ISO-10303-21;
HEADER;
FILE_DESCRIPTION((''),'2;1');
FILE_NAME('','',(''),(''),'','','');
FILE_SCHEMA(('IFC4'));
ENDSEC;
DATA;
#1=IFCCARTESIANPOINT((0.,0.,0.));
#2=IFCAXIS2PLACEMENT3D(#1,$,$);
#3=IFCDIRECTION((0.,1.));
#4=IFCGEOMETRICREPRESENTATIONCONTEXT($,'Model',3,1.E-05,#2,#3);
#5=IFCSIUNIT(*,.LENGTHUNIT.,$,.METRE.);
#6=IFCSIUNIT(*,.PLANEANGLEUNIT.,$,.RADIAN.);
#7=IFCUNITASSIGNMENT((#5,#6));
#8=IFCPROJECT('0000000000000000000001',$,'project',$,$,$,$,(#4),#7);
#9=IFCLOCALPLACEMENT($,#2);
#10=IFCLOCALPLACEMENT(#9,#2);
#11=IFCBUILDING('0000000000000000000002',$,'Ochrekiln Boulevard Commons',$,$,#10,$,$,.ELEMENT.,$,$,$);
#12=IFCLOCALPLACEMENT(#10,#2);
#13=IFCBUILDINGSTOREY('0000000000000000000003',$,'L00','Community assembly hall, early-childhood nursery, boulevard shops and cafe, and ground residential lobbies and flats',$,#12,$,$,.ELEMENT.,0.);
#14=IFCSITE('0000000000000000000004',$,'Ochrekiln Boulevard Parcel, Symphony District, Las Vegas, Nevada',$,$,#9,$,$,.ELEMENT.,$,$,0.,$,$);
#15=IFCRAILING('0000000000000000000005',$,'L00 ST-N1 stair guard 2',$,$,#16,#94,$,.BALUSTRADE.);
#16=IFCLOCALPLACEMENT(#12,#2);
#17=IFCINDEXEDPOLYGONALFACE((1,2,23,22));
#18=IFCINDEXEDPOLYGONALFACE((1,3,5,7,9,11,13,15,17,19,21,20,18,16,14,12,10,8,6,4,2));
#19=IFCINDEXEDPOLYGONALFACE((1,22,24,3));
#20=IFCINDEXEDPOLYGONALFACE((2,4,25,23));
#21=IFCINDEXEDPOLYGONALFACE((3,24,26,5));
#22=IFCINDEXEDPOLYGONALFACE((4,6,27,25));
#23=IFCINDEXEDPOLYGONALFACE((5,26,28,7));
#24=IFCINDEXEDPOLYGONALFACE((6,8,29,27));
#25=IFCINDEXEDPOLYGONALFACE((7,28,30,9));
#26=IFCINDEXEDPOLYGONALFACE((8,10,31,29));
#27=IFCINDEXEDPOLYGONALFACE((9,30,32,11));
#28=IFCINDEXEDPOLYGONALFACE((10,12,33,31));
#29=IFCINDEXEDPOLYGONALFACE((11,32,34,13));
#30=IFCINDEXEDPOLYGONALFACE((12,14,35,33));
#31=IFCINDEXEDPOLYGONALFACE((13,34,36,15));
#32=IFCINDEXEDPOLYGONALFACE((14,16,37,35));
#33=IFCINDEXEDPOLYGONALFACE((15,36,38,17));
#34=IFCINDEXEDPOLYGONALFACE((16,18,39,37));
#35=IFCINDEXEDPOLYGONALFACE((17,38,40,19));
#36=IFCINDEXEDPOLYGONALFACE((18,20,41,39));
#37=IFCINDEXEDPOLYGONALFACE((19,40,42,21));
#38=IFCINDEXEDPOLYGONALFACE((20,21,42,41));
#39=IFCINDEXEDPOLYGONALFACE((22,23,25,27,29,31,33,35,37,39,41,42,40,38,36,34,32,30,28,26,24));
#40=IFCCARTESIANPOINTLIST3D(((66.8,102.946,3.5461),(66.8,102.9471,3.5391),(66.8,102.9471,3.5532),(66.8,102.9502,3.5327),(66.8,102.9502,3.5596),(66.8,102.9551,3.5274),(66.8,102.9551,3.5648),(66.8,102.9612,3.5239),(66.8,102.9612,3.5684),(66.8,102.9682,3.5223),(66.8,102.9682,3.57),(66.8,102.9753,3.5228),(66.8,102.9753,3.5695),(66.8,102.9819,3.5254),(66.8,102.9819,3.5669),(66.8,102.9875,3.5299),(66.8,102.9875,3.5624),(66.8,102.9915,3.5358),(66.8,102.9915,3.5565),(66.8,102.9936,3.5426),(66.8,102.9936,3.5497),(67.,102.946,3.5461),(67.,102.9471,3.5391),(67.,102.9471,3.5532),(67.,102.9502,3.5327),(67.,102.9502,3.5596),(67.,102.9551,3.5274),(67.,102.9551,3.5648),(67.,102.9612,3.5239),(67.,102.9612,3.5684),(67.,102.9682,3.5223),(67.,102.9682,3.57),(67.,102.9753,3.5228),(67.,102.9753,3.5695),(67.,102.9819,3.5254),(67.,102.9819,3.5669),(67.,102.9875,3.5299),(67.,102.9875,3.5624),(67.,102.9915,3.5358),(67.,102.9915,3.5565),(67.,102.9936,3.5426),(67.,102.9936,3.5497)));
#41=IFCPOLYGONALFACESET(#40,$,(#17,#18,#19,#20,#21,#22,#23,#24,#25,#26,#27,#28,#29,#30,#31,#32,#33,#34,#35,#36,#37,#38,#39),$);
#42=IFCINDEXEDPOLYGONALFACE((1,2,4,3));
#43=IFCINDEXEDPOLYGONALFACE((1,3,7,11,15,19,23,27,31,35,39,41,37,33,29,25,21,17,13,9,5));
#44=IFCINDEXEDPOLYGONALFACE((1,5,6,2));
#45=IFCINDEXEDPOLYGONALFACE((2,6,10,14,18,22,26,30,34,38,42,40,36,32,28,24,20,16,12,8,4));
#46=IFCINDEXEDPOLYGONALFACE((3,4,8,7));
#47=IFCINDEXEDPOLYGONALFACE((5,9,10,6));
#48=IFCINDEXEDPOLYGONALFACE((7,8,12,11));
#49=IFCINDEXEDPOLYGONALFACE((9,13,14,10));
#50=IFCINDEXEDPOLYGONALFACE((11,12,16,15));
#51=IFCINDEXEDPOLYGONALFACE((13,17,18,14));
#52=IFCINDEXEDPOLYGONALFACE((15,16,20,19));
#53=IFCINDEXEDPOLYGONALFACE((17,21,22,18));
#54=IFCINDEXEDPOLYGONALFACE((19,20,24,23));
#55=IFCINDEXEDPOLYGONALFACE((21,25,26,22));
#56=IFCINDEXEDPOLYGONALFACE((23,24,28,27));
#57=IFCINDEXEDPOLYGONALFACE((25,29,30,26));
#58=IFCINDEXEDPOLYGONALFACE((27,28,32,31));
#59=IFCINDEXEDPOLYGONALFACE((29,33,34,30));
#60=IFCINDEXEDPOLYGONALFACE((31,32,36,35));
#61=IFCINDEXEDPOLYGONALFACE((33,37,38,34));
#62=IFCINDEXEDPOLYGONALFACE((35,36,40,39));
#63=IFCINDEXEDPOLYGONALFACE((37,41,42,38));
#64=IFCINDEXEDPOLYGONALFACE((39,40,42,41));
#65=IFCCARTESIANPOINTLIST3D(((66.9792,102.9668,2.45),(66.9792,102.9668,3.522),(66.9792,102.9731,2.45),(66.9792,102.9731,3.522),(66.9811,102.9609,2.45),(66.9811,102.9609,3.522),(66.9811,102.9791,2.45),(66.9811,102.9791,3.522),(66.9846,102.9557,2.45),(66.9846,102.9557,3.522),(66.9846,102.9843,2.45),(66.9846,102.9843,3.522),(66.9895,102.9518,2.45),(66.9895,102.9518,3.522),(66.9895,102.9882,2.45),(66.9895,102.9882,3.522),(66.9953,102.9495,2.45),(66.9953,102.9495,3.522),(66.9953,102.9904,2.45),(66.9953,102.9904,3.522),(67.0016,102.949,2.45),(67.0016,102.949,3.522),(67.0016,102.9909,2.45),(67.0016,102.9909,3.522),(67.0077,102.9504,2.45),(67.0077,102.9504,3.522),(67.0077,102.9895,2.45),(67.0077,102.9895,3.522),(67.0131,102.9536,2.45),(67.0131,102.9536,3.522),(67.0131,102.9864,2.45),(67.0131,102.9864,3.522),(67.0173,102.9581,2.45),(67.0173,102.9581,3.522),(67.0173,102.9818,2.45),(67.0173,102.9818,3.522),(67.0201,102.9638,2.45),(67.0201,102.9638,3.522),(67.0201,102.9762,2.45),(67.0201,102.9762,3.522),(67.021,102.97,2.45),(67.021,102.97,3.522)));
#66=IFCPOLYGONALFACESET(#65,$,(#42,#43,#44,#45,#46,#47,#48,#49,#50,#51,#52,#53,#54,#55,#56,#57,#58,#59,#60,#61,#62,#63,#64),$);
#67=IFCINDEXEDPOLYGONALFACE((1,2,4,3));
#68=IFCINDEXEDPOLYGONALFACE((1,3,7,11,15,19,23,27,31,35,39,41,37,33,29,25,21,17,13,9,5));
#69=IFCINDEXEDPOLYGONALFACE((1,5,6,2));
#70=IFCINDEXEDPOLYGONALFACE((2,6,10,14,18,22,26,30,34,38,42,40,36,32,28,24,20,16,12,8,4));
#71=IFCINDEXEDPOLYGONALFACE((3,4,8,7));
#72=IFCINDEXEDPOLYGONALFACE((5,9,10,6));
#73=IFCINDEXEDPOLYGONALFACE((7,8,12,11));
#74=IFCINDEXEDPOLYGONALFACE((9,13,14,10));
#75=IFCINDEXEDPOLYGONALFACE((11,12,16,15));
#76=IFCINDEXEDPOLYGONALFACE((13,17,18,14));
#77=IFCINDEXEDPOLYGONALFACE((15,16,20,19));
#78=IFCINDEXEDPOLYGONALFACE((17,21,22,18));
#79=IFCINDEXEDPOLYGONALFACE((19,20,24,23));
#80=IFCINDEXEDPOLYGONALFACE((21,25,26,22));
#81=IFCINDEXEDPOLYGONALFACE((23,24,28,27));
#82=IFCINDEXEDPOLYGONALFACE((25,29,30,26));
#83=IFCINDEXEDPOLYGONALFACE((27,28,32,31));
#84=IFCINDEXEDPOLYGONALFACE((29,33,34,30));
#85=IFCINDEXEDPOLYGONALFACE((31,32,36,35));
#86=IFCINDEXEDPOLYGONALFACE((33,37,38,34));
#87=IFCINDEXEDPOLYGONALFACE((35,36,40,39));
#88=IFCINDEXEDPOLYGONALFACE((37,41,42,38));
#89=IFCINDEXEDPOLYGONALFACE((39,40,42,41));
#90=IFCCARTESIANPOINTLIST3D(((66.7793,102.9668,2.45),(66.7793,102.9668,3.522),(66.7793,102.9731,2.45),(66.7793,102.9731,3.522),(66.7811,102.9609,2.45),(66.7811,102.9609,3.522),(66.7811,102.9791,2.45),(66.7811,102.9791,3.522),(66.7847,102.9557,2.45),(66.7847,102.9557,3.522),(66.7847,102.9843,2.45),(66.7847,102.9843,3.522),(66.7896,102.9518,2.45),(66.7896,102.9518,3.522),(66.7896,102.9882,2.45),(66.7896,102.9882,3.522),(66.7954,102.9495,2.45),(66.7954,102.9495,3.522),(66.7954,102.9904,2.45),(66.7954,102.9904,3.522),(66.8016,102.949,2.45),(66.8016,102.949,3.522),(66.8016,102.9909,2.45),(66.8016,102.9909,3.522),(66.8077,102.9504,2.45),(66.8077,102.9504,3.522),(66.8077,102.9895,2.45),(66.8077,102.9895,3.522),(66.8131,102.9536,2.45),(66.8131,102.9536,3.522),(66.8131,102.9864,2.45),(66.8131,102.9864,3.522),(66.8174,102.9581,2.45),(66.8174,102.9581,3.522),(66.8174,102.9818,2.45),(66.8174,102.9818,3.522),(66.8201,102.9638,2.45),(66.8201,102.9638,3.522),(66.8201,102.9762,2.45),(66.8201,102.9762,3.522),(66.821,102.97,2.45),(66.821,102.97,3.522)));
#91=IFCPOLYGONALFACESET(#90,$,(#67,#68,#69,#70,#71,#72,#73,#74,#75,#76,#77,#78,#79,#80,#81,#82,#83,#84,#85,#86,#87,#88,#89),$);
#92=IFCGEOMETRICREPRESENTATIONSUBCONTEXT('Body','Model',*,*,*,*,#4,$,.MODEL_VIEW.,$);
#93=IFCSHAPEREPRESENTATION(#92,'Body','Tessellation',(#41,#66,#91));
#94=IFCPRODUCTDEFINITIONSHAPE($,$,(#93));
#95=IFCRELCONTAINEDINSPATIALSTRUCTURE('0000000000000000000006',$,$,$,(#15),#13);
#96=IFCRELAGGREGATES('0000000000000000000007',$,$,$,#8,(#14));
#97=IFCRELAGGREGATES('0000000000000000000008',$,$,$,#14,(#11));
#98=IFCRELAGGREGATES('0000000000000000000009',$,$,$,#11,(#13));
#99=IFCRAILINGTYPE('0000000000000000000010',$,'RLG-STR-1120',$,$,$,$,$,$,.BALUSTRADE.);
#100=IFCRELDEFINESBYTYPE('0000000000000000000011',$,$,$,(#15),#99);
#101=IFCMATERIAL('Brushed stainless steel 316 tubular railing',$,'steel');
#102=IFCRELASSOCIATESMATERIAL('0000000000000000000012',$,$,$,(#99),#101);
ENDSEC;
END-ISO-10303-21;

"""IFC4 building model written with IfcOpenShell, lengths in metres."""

from ifc_helpers import new_model, si_unit, direction, frame, origin, origin_2d, place, context, subcontext, project, spatial, circle, extrude, material, type_object, element, save


model = new_model("IFC4")

# Units and contexts
model_context = context("Model", 3, precision=1e-05, world=origin(), true_north=direction((0.0, 1.0)))
body_context = subcontext(model_context, "Body", "Model", "MODEL_VIEW")
ifc_project = project(units=[si_unit("LENGTHUNIT", "METRE"), si_unit("PLANEANGLEUNIT", "RADIAN")], contexts=[model_context])

# Site, building, storey
site_placement = place(None, origin())
site = spatial("IfcSite", under=ifc_project, at=site_placement, Name="Ochrekiln Boulevard Parcel, Symphony District, Las Vegas, Nevada", CompositionType="ELEMENT", RefElevation=0.0)
building_placement = place(site_placement, origin())
building = spatial("IfcBuilding", under=site, at=building_placement, Name="Ochrekiln Boulevard Commons", CompositionType="ELEMENT")
storey_placement = place(building_placement, origin())
storey = spatial("IfcBuildingStorey", under=building, at=storey_placement, Name="L00", Description="Community assembly hall, early-childhood nursery, boulevard shops and cafe, and ground residential lobbies and flats", CompositionType="ELEMENT", Elevation=0.0)

# Railing
ifc_material_1 = material(Name="Brushed stainless steel 316 tubular railing", Category="steel")
railing_type_1 = type_object("IfcRailingType", Name="RLG-STR-1120", PredefinedType="BALUSTRADE", material=ifc_material_1)
railing_1_placement = place(storey_placement, frame((67.0, 102.97, 2.45)))
element("IfcRailing", 1, at=railing_1_placement, inside=storey, type_object=railing_type_1, Name="L00 ST-N1 stair guard 2", PredefinedType="BALUSTRADE", context=body_context, shape_type="SweptSolid", body=[
    extrude(circle(Radius=0.0239, at=origin_2d()), frame((0.0, 0.0, 1.0962), z_axis=(-1.0, 0.0, 0.0), x_axis=(0.0, -1.0, 0.0)), (0.0, 0.0, 1.0), 0.2),
    extrude(circle(Radius=0.021, at=origin_2d()), origin(), (0.0, 0.0, 1.0), 1.072),
    extrude(circle(Radius=0.021, at=origin_2d()), frame((-0.2, 0.0, 0.0)), (0.0, 0.0, 1.0), 1.072),
])

save(model, "model.ifc")
